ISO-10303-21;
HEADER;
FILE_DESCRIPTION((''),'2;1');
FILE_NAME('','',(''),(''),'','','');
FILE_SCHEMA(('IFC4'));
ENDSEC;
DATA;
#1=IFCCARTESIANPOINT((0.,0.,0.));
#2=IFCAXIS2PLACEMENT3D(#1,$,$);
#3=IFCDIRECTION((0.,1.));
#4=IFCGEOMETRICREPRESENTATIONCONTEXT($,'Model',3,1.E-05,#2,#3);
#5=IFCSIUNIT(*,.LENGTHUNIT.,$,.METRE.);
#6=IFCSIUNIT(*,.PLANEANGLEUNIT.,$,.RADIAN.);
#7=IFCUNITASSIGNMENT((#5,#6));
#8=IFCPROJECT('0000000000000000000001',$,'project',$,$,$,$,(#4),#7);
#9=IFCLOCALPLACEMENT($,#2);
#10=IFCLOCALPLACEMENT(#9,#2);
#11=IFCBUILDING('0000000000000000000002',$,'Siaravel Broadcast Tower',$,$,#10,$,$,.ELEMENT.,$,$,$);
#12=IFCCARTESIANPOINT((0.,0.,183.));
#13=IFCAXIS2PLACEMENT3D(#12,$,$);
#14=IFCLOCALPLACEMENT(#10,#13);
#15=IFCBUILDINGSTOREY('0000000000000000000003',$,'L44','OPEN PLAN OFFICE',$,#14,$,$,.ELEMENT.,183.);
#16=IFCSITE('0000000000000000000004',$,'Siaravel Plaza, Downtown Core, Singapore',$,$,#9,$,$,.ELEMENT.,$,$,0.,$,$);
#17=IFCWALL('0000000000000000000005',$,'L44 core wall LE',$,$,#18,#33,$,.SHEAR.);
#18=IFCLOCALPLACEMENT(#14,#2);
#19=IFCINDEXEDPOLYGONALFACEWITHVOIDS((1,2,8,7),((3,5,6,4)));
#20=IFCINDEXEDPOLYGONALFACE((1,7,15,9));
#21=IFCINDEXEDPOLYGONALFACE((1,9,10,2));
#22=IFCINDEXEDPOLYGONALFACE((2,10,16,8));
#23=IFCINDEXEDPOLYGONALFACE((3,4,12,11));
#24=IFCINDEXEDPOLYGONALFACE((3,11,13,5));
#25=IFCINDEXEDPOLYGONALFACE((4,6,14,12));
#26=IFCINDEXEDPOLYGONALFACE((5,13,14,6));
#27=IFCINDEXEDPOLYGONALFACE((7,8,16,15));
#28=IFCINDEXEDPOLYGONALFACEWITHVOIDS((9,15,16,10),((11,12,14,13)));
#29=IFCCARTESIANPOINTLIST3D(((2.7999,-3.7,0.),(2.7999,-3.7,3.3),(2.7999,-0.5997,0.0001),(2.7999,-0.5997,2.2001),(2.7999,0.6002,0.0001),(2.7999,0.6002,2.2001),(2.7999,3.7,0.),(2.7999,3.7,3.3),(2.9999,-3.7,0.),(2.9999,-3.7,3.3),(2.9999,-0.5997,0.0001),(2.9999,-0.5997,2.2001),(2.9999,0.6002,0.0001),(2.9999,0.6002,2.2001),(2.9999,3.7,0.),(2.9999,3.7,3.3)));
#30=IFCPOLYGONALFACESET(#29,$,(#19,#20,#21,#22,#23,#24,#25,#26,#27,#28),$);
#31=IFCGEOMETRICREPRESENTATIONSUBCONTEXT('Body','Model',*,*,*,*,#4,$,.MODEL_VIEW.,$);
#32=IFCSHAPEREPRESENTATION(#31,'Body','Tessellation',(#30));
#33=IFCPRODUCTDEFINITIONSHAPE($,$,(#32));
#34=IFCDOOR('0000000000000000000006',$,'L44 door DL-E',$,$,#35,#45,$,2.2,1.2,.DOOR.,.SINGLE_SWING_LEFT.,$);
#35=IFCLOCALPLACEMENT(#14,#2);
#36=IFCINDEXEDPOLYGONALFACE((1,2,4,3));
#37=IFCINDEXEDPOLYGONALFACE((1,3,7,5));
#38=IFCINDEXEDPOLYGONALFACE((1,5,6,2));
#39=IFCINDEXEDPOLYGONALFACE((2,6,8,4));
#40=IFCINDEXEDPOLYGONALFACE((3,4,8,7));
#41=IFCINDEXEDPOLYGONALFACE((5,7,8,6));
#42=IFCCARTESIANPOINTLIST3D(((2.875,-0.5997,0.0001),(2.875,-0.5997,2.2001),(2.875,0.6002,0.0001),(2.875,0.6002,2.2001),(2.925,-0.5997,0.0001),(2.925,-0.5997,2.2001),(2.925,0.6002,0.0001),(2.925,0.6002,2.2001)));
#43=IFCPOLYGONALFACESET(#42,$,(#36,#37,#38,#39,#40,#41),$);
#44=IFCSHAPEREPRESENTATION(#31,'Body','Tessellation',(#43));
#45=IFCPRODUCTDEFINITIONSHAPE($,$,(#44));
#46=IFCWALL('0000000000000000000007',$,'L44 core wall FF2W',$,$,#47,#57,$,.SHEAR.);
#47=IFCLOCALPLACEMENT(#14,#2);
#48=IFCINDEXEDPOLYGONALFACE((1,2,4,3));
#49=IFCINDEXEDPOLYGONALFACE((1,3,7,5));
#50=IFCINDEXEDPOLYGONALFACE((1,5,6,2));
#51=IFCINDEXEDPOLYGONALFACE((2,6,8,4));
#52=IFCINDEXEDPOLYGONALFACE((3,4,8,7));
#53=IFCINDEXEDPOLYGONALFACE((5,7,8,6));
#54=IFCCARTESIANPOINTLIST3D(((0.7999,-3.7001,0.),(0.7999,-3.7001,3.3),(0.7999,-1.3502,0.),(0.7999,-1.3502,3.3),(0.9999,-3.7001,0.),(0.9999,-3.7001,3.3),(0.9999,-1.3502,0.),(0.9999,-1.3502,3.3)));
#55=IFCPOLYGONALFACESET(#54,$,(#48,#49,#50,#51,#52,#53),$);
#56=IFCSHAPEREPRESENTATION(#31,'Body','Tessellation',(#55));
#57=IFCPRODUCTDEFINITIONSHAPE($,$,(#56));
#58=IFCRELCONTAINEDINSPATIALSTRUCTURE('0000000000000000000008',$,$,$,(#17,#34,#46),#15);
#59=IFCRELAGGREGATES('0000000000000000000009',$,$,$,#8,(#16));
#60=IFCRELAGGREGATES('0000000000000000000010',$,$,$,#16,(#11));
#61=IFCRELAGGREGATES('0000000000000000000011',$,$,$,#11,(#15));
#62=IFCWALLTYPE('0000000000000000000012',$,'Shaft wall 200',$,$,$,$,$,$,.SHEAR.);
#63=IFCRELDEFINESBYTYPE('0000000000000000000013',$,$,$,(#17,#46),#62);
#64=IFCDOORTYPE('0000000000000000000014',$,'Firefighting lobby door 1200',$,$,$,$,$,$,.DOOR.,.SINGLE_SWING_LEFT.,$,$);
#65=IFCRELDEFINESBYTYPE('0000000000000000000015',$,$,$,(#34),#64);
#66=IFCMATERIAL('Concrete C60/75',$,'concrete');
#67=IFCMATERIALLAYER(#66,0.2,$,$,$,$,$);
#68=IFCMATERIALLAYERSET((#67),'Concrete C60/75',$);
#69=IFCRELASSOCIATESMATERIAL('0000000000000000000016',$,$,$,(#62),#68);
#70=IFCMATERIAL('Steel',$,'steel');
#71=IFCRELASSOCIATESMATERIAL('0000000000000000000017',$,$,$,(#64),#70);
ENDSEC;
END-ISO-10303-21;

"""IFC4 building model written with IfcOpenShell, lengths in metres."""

from ifc_helpers import new_model, si_unit, direction, frame, frame_2d, origin, place, context, subcontext, project, spatial, rectangle, extrude, material, layer, layer_set, type_object, element, fill, save


model = new_model("IFC4")

# Units and contexts
model_context = context("Model", 3, precision=1e-05, world=origin(), true_north=direction((0.0, 1.0)))
body_context = subcontext(model_context, "Body", "Model", "MODEL_VIEW")
ifc_project = project(units=[si_unit("LENGTHUNIT", "METRE"), si_unit("PLANEANGLEUNIT", "RADIAN")], contexts=[model_context])

# Site, building, storey
site_placement = place(None, origin())
site = spatial("IfcSite", under=ifc_project, at=site_placement, Name="Siaravel Plaza, Downtown Core, Singapore", CompositionType="ELEMENT", RefElevation=0.0)
building_placement = place(site_placement, origin())
building = spatial("IfcBuilding", under=site, at=building_placement, Name="Siaravel Broadcast Tower", CompositionType="ELEMENT")
storey_placement = place(building_placement, frame((0.0, 0.0, 183.0)))
storey = spatial("IfcBuildingStorey", under=building, at=storey_placement, Name="L44", Description="OPEN PLAN OFFICE", CompositionType="ELEMENT", Elevation=183.0)

# Shared definitions
ifc_material_1 = material(Name="Concrete C60/75", Category="concrete")
ifc_material_2 = material(Name="Steel", Category="steel")

# Shared definitions
ifc_layer_1 = layer(ifc_material_1, 0.2)
ifc_layer_set_1 = layer_set([ifc_layer_1], Name="Concrete C60/75")
wall_type_1 = type_object("IfcWallType", Name="Shaft wall 200", PredefinedType="SHEAR", material=ifc_layer_set_1)

# Wall, opening, door
wall_1_placement = place(storey_placement, frame((2.8999, -3.7, 0.0), z_axis=(0.0, 0.0, 1.0), x_axis=(0.0, 1.0, 0.0)))
wall_1 = element("IfcWall", 1, at=wall_1_placement, inside=storey, type_object=wall_type_1, Name="L44 core wall LE", PredefinedType="SHEAR", context=body_context, shape_type="SweptSolid", body=[
    extrude(rectangle(XDim=7.3999, YDim=0.2, at=frame_2d((3.7, 0.0))), origin(), (0.0, 0.0, 1.0), 3.3),
])
opening_1_placement = place(wall_1_placement, frame((3.1001, 0.0, 0.0)))
opening_1 = element("IfcOpeningElement", 2, at=opening_1_placement, cuts=wall_1, PredefinedType="OPENING", context=body_context, shape_type="SweptSolid", body=[
    extrude(rectangle(XDim=1.2, YDim=2.2, at=frame_2d((0.6001, 1.1001))), frame((0.0, 0.1099, 0.0), z_axis=(0.0, -1.0, 0.0), x_axis=(1.0, 0.0, 0.0)), (0.0, 0.0, 1.0), 0.22),
])
door_type_1 = type_object("IfcDoorType", Name="Firefighting lobby door 1200", OperationType="SINGLE_SWING_LEFT", PredefinedType="DOOR", material=ifc_material_2)
door_1_placement = place(opening_1_placement, origin())
door_1 = element("IfcDoor", 3, at=door_1_placement, inside=storey, type_object=door_type_1, Name="L44 door DL-E", OperationType="SINGLE_SWING_LEFT", OverallHeight=2.2, OverallWidth=1.2, PredefinedType="DOOR", context=body_context, shape_type="SweptSolid", body=[
    extrude(rectangle(XDim=1.2, YDim=2.2, at=frame_2d((0.6001, 1.1001))), frame((0.0, 0.0249, 0.0), z_axis=(0.0, -1.0, 0.0), x_axis=(1.0, 0.0, 0.0)), (0.0, 0.0, 1.0), 0.05),
])
fill(opening_1, door_1)

# Wall
wall_2_placement = place(storey_placement, frame((0.8999, -3.7, 0.0), z_axis=(0.0, 0.0, 1.0), x_axis=(0.0, 1.0, 0.0)))
element("IfcWall", 4, at=wall_2_placement, inside=storey, type_object=wall_type_1, Name="L44 core wall FF2W", PredefinedType="SHEAR", context=body_context, shape_type="SweptSolid", body=[
    extrude(rectangle(XDim=2.3499, YDim=0.2, at=frame_2d((1.1748, 0.0))), origin(), (0.0, 0.0, 1.0), 3.3),
])

save(model, "model.ifc")
